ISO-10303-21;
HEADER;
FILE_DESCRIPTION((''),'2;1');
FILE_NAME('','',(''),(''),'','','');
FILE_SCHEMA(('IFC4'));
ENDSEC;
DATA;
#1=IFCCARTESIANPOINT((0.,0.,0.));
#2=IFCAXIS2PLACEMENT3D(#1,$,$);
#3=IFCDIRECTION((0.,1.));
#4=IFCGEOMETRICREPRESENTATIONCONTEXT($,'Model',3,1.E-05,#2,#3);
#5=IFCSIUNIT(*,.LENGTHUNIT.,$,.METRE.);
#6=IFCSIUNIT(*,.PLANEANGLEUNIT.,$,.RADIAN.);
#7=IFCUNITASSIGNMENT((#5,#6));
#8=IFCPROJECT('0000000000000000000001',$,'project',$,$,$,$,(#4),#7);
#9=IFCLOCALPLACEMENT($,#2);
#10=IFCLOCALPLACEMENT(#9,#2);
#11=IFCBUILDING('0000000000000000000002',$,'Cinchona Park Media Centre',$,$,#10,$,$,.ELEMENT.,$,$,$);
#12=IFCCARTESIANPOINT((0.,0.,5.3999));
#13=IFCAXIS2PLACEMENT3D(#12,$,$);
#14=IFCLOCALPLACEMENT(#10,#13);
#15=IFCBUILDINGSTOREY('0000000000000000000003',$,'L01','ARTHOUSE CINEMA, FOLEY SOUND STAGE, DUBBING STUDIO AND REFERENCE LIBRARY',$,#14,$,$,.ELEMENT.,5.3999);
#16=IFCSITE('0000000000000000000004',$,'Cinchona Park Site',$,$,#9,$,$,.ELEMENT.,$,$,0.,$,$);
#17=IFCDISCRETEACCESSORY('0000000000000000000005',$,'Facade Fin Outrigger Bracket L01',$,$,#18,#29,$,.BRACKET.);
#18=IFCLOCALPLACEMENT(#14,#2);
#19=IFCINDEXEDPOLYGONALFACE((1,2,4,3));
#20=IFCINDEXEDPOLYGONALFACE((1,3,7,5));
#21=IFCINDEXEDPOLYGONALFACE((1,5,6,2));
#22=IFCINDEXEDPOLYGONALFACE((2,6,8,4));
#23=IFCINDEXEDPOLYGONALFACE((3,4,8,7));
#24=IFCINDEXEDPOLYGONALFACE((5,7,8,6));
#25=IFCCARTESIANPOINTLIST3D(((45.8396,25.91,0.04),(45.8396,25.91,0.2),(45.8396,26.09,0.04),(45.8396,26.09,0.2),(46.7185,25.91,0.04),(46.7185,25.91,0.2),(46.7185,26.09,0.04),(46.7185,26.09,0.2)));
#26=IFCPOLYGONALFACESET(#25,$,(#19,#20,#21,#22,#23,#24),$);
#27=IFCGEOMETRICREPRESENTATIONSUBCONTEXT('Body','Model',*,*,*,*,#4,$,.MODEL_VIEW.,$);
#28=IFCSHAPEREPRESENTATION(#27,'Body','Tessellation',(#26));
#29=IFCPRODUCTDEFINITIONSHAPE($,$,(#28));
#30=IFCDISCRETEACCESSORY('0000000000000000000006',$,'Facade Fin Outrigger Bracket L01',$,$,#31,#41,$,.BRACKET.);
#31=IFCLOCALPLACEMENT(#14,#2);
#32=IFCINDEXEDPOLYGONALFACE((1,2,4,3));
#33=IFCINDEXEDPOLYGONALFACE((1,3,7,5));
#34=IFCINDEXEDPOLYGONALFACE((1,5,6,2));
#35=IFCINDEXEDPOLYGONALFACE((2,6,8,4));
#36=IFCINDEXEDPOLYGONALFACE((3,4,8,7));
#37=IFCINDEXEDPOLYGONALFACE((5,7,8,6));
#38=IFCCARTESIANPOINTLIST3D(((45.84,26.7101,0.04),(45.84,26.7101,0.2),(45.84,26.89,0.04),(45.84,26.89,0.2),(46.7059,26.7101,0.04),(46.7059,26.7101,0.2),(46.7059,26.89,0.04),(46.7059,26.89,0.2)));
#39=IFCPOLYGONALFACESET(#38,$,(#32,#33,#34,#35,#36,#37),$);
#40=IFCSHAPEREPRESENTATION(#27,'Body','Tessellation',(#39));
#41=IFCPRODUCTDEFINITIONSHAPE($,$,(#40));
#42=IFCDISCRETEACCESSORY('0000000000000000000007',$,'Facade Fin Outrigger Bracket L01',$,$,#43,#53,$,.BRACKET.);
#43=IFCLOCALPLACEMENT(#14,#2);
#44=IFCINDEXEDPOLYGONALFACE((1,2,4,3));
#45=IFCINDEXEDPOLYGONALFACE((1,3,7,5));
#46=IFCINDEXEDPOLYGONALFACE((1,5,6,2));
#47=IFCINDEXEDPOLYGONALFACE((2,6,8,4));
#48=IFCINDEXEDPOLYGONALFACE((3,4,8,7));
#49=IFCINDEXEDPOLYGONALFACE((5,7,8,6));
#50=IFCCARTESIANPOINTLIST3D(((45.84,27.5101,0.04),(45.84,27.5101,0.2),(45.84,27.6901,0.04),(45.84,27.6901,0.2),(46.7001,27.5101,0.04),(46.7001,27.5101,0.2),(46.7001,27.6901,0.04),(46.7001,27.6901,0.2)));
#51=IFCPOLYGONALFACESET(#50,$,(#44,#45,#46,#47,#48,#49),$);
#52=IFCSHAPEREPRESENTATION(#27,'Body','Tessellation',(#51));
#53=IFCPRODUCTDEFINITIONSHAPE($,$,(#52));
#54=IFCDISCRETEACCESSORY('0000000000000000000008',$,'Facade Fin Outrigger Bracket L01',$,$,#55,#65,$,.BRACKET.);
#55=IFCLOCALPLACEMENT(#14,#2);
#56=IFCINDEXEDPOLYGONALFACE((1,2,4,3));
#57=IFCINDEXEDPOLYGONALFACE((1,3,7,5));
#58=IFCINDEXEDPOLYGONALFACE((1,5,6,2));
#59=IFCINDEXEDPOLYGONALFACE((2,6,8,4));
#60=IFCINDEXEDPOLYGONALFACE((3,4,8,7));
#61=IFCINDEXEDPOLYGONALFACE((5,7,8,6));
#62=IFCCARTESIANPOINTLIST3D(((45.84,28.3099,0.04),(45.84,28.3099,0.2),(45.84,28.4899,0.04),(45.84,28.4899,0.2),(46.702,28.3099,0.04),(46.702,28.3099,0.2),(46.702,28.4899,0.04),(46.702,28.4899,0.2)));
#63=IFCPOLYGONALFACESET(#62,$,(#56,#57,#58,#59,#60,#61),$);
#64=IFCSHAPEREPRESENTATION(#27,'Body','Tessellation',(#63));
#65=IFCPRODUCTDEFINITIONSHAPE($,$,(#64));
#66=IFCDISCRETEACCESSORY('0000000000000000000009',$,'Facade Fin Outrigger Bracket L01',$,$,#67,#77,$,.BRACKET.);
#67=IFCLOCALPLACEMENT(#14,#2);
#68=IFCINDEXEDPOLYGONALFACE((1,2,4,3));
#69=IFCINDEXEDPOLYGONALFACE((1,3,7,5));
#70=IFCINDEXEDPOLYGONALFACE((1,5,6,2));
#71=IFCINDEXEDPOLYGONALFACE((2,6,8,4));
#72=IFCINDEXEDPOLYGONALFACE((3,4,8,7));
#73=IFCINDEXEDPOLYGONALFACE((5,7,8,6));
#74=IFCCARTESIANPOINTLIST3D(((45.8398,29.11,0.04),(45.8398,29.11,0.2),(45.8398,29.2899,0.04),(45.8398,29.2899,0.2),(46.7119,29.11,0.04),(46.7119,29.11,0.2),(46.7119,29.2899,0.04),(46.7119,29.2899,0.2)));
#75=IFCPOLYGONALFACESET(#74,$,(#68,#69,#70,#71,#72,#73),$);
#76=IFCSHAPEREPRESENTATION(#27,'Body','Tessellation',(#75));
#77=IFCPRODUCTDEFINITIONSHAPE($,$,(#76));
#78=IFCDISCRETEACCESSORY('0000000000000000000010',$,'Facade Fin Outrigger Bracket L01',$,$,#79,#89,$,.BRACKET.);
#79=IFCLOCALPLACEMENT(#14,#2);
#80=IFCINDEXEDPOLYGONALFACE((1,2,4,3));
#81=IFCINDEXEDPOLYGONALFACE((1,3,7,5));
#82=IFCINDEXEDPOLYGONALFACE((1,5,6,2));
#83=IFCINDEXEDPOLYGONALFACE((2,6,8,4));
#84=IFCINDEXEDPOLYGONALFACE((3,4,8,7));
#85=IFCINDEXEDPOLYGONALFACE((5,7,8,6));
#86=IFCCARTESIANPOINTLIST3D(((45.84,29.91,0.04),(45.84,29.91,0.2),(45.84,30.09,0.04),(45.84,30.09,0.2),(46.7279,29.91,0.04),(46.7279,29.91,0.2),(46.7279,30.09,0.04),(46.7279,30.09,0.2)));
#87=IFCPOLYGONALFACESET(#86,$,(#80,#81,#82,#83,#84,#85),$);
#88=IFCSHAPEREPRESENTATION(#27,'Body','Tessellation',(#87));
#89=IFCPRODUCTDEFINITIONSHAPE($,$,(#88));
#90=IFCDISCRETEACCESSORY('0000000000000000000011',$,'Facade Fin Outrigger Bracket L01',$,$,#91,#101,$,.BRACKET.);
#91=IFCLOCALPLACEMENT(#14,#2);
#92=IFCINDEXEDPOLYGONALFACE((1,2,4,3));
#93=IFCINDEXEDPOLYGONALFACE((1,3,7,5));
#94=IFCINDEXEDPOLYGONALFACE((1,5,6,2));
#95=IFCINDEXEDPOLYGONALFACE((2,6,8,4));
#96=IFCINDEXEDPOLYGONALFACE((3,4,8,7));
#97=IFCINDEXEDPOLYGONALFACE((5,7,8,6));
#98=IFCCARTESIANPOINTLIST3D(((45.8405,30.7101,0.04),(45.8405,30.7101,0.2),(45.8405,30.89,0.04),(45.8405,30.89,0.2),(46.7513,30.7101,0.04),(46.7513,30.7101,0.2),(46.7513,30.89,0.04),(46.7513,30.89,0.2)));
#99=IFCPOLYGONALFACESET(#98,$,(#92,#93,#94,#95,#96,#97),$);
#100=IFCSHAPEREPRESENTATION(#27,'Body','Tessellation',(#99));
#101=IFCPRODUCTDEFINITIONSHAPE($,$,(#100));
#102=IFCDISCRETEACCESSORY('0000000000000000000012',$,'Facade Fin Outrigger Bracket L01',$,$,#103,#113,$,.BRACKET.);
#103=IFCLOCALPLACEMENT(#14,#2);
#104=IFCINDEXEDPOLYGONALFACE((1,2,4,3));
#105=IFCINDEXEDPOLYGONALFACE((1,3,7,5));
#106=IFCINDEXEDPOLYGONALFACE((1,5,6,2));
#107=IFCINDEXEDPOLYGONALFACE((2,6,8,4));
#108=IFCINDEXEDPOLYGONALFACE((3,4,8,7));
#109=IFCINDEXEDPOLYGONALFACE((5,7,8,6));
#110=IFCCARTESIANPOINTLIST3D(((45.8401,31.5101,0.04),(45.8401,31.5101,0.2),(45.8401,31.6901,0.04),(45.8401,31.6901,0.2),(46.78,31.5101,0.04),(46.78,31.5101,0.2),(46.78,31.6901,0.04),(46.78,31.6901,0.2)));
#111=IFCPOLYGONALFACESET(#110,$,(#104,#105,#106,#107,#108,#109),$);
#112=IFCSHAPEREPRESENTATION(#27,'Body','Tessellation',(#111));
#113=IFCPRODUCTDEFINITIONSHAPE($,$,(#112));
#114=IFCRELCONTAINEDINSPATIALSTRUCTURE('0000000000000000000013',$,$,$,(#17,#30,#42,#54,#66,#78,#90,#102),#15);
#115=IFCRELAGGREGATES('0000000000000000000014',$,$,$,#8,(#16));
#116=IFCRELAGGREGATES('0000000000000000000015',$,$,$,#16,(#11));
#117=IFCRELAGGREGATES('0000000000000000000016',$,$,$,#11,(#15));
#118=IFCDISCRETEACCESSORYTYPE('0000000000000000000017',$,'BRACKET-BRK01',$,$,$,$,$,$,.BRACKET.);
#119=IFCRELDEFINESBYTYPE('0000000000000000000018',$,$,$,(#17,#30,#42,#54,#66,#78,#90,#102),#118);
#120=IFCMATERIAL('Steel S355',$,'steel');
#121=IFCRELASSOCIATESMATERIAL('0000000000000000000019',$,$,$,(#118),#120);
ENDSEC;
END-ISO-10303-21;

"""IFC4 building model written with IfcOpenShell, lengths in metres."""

from ifc_helpers import new_model, si_unit, direction, frame, origin, origin_2d, place, context, subcontext, project, spatial, rectangle, extrude, material, type_object, element, save


model = new_model("IFC4")

# Units and contexts
model_context = context("Model", 3, precision=1e-05, world=origin(), true_north=direction((0.0, 1.0)))
body_context = subcontext(model_context, "Body", "Model", "MODEL_VIEW")
ifc_project = project(units=[si_unit("LENGTHUNIT", "METRE"), si_unit("PLANEANGLEUNIT", "RADIAN")], contexts=[model_context])

# Site, building, storey
site_placement = place(None, origin())
site = spatial("IfcSite", under=ifc_project, at=site_placement, Name="Cinchona Park Site", CompositionType="ELEMENT", RefElevation=0.0)
building_placement = place(site_placement, origin())
building = spatial("IfcBuilding", under=site, at=building_placement, Name="Cinchona Park Media Centre", CompositionType="ELEMENT")
storey_placement = place(building_placement, frame((0.0, 0.0, 5.3999)))
storey = spatial("IfcBuildingStorey", under=building, at=storey_placement, Name="L01", Description="ARTHOUSE CINEMA, FOLEY SOUND STAGE, DUBBING STUDIO AND REFERENCE LIBRARY", CompositionType="ELEMENT", Elevation=5.3999)

# Discrete accessories
ifc_material_1 = material(Name="Steel S355", Category="steel")
discrete_accessory_type = type_object("IfcDiscreteAccessoryType", Name="BRACKET-BRK01", PredefinedType="BRACKET", material=ifc_material_1)
discrete_accessory_1_placement = place(storey_placement, frame((46.2791, 26.0, 0.04), z_axis=(0.0, 0.0, 1.0), x_axis=(0.0, 1.0, 0.0)))
element("IfcDiscreteAccessory", 1, at=discrete_accessory_1_placement, inside=storey, type_object=discrete_accessory_type, Name="Facade Fin Outrigger Bracket L01", PredefinedType="BRACKET", context=body_context, shape_type="SweptSolid", body=[
    extrude(rectangle(XDim=0.1799, YDim=0.8789, at=origin_2d()), origin(), (0.0, 0.0, 1.0), 0.1599),
])
discrete_accessory_2_placement = place(storey_placement, frame((46.2729, 26.8, 0.04), z_axis=(0.0, 0.0, 1.0), x_axis=(0.0, 1.0, 0.0)))
element("IfcDiscreteAccessory", 2, at=discrete_accessory_2_placement, inside=storey, type_object=discrete_accessory_type, Name="Facade Fin Outrigger Bracket L01", PredefinedType="BRACKET", context=body_context, shape_type="SweptSolid", body=[
    extrude(rectangle(XDim=0.1799, YDim=0.866, at=origin_2d()), origin(), (0.0, 0.0, 1.0), 0.1599),
])
discrete_accessory_3_placement = place(storey_placement, frame((46.27, 27.6001, 0.04), z_axis=(0.0, 0.0, 1.0), x_axis=(0.0, 1.0, 0.0)))
element("IfcDiscreteAccessory", 3, at=discrete_accessory_3_placement, inside=storey, type_object=discrete_accessory_type, Name="Facade Fin Outrigger Bracket L01", PredefinedType="BRACKET", context=body_context, shape_type="SweptSolid", body=[
    extrude(rectangle(XDim=0.1799, YDim=0.8601, at=origin_2d()), origin(), (0.0, 0.0, 1.0), 0.1599),
])
discrete_accessory_4_placement = place(storey_placement, frame((46.271, 28.3999, 0.04), z_axis=(0.0, 0.0, 1.0), x_axis=(0.0, 1.0, 0.0)))
element("IfcDiscreteAccessory", 4, at=discrete_accessory_4_placement, inside=storey, type_object=discrete_accessory_type, Name="Facade Fin Outrigger Bracket L01", PredefinedType="BRACKET", context=body_context, shape_type="SweptSolid", body=[
    extrude(rectangle(XDim=0.1799, YDim=0.8621, at=origin_2d()), origin(), (0.0, 0.0, 1.0), 0.1599),
])
discrete_accessory_5_placement = place(storey_placement, frame((46.2759, 29.2, 0.04), z_axis=(0.0, 0.0, 1.0), x_axis=(0.0, 1.0, 0.0)))
element("IfcDiscreteAccessory", 5, at=discrete_accessory_5_placement, inside=storey, type_object=discrete_accessory_type, Name="Facade Fin Outrigger Bracket L01", PredefinedType="BRACKET", context=body_context, shape_type="SweptSolid", body=[
    extrude(rectangle(XDim=0.1799, YDim=0.8721, at=origin_2d()), origin(), (0.0, 0.0, 1.0), 0.1599),
])
discrete_accessory_6_placement = place(storey_placement, frame((46.2839, 30.0, 0.04), z_axis=(0.0, 0.0, 1.0), x_axis=(0.0, 1.0, 0.0)))
element("IfcDiscreteAccessory", 6, at=discrete_accessory_6_placement, inside=storey, type_object=discrete_accessory_type, Name="Facade Fin Outrigger Bracket L01", PredefinedType="BRACKET", context=body_context, shape_type="SweptSolid", body=[
    extrude(rectangle(XDim=0.1799, YDim=0.8879, at=origin_2d()), origin(), (0.0, 0.0, 1.0), 0.1599),
])
discrete_accessory_7_placement = place(storey_placement, frame((46.2959, 30.8, 0.04), z_axis=(0.0, 0.0, 1.0), x_axis=(0.0, 1.0, 0.0)))
element("IfcDiscreteAccessory", 7, at=discrete_accessory_7_placement, inside=storey, type_object=discrete_accessory_type, Name="Facade Fin Outrigger Bracket L01", PredefinedType="BRACKET", context=body_context, shape_type="SweptSolid", body=[
    extrude(rectangle(XDim=0.1799, YDim=0.9109, at=origin_2d()), origin(), (0.0, 0.0, 1.0), 0.1599),
])
discrete_accessory_8_placement = place(storey_placement, frame((46.3101, 31.6001, 0.04), z_axis=(0.0, 0.0, 1.0), x_axis=(0.0, 1.0, 0.0)))
element("IfcDiscreteAccessory", 8, at=discrete_accessory_8_placement, inside=storey, type_object=discrete_accessory_type, Name="Facade Fin Outrigger Bracket L01", PredefinedType="BRACKET", context=body_context, shape_type="SweptSolid", body=[
    extrude(rectangle(XDim=0.1799, YDim=0.9399, at=origin_2d()), origin(), (0.0, 0.0, 1.0), 0.1599),
])

save(model, "model.ifc")
